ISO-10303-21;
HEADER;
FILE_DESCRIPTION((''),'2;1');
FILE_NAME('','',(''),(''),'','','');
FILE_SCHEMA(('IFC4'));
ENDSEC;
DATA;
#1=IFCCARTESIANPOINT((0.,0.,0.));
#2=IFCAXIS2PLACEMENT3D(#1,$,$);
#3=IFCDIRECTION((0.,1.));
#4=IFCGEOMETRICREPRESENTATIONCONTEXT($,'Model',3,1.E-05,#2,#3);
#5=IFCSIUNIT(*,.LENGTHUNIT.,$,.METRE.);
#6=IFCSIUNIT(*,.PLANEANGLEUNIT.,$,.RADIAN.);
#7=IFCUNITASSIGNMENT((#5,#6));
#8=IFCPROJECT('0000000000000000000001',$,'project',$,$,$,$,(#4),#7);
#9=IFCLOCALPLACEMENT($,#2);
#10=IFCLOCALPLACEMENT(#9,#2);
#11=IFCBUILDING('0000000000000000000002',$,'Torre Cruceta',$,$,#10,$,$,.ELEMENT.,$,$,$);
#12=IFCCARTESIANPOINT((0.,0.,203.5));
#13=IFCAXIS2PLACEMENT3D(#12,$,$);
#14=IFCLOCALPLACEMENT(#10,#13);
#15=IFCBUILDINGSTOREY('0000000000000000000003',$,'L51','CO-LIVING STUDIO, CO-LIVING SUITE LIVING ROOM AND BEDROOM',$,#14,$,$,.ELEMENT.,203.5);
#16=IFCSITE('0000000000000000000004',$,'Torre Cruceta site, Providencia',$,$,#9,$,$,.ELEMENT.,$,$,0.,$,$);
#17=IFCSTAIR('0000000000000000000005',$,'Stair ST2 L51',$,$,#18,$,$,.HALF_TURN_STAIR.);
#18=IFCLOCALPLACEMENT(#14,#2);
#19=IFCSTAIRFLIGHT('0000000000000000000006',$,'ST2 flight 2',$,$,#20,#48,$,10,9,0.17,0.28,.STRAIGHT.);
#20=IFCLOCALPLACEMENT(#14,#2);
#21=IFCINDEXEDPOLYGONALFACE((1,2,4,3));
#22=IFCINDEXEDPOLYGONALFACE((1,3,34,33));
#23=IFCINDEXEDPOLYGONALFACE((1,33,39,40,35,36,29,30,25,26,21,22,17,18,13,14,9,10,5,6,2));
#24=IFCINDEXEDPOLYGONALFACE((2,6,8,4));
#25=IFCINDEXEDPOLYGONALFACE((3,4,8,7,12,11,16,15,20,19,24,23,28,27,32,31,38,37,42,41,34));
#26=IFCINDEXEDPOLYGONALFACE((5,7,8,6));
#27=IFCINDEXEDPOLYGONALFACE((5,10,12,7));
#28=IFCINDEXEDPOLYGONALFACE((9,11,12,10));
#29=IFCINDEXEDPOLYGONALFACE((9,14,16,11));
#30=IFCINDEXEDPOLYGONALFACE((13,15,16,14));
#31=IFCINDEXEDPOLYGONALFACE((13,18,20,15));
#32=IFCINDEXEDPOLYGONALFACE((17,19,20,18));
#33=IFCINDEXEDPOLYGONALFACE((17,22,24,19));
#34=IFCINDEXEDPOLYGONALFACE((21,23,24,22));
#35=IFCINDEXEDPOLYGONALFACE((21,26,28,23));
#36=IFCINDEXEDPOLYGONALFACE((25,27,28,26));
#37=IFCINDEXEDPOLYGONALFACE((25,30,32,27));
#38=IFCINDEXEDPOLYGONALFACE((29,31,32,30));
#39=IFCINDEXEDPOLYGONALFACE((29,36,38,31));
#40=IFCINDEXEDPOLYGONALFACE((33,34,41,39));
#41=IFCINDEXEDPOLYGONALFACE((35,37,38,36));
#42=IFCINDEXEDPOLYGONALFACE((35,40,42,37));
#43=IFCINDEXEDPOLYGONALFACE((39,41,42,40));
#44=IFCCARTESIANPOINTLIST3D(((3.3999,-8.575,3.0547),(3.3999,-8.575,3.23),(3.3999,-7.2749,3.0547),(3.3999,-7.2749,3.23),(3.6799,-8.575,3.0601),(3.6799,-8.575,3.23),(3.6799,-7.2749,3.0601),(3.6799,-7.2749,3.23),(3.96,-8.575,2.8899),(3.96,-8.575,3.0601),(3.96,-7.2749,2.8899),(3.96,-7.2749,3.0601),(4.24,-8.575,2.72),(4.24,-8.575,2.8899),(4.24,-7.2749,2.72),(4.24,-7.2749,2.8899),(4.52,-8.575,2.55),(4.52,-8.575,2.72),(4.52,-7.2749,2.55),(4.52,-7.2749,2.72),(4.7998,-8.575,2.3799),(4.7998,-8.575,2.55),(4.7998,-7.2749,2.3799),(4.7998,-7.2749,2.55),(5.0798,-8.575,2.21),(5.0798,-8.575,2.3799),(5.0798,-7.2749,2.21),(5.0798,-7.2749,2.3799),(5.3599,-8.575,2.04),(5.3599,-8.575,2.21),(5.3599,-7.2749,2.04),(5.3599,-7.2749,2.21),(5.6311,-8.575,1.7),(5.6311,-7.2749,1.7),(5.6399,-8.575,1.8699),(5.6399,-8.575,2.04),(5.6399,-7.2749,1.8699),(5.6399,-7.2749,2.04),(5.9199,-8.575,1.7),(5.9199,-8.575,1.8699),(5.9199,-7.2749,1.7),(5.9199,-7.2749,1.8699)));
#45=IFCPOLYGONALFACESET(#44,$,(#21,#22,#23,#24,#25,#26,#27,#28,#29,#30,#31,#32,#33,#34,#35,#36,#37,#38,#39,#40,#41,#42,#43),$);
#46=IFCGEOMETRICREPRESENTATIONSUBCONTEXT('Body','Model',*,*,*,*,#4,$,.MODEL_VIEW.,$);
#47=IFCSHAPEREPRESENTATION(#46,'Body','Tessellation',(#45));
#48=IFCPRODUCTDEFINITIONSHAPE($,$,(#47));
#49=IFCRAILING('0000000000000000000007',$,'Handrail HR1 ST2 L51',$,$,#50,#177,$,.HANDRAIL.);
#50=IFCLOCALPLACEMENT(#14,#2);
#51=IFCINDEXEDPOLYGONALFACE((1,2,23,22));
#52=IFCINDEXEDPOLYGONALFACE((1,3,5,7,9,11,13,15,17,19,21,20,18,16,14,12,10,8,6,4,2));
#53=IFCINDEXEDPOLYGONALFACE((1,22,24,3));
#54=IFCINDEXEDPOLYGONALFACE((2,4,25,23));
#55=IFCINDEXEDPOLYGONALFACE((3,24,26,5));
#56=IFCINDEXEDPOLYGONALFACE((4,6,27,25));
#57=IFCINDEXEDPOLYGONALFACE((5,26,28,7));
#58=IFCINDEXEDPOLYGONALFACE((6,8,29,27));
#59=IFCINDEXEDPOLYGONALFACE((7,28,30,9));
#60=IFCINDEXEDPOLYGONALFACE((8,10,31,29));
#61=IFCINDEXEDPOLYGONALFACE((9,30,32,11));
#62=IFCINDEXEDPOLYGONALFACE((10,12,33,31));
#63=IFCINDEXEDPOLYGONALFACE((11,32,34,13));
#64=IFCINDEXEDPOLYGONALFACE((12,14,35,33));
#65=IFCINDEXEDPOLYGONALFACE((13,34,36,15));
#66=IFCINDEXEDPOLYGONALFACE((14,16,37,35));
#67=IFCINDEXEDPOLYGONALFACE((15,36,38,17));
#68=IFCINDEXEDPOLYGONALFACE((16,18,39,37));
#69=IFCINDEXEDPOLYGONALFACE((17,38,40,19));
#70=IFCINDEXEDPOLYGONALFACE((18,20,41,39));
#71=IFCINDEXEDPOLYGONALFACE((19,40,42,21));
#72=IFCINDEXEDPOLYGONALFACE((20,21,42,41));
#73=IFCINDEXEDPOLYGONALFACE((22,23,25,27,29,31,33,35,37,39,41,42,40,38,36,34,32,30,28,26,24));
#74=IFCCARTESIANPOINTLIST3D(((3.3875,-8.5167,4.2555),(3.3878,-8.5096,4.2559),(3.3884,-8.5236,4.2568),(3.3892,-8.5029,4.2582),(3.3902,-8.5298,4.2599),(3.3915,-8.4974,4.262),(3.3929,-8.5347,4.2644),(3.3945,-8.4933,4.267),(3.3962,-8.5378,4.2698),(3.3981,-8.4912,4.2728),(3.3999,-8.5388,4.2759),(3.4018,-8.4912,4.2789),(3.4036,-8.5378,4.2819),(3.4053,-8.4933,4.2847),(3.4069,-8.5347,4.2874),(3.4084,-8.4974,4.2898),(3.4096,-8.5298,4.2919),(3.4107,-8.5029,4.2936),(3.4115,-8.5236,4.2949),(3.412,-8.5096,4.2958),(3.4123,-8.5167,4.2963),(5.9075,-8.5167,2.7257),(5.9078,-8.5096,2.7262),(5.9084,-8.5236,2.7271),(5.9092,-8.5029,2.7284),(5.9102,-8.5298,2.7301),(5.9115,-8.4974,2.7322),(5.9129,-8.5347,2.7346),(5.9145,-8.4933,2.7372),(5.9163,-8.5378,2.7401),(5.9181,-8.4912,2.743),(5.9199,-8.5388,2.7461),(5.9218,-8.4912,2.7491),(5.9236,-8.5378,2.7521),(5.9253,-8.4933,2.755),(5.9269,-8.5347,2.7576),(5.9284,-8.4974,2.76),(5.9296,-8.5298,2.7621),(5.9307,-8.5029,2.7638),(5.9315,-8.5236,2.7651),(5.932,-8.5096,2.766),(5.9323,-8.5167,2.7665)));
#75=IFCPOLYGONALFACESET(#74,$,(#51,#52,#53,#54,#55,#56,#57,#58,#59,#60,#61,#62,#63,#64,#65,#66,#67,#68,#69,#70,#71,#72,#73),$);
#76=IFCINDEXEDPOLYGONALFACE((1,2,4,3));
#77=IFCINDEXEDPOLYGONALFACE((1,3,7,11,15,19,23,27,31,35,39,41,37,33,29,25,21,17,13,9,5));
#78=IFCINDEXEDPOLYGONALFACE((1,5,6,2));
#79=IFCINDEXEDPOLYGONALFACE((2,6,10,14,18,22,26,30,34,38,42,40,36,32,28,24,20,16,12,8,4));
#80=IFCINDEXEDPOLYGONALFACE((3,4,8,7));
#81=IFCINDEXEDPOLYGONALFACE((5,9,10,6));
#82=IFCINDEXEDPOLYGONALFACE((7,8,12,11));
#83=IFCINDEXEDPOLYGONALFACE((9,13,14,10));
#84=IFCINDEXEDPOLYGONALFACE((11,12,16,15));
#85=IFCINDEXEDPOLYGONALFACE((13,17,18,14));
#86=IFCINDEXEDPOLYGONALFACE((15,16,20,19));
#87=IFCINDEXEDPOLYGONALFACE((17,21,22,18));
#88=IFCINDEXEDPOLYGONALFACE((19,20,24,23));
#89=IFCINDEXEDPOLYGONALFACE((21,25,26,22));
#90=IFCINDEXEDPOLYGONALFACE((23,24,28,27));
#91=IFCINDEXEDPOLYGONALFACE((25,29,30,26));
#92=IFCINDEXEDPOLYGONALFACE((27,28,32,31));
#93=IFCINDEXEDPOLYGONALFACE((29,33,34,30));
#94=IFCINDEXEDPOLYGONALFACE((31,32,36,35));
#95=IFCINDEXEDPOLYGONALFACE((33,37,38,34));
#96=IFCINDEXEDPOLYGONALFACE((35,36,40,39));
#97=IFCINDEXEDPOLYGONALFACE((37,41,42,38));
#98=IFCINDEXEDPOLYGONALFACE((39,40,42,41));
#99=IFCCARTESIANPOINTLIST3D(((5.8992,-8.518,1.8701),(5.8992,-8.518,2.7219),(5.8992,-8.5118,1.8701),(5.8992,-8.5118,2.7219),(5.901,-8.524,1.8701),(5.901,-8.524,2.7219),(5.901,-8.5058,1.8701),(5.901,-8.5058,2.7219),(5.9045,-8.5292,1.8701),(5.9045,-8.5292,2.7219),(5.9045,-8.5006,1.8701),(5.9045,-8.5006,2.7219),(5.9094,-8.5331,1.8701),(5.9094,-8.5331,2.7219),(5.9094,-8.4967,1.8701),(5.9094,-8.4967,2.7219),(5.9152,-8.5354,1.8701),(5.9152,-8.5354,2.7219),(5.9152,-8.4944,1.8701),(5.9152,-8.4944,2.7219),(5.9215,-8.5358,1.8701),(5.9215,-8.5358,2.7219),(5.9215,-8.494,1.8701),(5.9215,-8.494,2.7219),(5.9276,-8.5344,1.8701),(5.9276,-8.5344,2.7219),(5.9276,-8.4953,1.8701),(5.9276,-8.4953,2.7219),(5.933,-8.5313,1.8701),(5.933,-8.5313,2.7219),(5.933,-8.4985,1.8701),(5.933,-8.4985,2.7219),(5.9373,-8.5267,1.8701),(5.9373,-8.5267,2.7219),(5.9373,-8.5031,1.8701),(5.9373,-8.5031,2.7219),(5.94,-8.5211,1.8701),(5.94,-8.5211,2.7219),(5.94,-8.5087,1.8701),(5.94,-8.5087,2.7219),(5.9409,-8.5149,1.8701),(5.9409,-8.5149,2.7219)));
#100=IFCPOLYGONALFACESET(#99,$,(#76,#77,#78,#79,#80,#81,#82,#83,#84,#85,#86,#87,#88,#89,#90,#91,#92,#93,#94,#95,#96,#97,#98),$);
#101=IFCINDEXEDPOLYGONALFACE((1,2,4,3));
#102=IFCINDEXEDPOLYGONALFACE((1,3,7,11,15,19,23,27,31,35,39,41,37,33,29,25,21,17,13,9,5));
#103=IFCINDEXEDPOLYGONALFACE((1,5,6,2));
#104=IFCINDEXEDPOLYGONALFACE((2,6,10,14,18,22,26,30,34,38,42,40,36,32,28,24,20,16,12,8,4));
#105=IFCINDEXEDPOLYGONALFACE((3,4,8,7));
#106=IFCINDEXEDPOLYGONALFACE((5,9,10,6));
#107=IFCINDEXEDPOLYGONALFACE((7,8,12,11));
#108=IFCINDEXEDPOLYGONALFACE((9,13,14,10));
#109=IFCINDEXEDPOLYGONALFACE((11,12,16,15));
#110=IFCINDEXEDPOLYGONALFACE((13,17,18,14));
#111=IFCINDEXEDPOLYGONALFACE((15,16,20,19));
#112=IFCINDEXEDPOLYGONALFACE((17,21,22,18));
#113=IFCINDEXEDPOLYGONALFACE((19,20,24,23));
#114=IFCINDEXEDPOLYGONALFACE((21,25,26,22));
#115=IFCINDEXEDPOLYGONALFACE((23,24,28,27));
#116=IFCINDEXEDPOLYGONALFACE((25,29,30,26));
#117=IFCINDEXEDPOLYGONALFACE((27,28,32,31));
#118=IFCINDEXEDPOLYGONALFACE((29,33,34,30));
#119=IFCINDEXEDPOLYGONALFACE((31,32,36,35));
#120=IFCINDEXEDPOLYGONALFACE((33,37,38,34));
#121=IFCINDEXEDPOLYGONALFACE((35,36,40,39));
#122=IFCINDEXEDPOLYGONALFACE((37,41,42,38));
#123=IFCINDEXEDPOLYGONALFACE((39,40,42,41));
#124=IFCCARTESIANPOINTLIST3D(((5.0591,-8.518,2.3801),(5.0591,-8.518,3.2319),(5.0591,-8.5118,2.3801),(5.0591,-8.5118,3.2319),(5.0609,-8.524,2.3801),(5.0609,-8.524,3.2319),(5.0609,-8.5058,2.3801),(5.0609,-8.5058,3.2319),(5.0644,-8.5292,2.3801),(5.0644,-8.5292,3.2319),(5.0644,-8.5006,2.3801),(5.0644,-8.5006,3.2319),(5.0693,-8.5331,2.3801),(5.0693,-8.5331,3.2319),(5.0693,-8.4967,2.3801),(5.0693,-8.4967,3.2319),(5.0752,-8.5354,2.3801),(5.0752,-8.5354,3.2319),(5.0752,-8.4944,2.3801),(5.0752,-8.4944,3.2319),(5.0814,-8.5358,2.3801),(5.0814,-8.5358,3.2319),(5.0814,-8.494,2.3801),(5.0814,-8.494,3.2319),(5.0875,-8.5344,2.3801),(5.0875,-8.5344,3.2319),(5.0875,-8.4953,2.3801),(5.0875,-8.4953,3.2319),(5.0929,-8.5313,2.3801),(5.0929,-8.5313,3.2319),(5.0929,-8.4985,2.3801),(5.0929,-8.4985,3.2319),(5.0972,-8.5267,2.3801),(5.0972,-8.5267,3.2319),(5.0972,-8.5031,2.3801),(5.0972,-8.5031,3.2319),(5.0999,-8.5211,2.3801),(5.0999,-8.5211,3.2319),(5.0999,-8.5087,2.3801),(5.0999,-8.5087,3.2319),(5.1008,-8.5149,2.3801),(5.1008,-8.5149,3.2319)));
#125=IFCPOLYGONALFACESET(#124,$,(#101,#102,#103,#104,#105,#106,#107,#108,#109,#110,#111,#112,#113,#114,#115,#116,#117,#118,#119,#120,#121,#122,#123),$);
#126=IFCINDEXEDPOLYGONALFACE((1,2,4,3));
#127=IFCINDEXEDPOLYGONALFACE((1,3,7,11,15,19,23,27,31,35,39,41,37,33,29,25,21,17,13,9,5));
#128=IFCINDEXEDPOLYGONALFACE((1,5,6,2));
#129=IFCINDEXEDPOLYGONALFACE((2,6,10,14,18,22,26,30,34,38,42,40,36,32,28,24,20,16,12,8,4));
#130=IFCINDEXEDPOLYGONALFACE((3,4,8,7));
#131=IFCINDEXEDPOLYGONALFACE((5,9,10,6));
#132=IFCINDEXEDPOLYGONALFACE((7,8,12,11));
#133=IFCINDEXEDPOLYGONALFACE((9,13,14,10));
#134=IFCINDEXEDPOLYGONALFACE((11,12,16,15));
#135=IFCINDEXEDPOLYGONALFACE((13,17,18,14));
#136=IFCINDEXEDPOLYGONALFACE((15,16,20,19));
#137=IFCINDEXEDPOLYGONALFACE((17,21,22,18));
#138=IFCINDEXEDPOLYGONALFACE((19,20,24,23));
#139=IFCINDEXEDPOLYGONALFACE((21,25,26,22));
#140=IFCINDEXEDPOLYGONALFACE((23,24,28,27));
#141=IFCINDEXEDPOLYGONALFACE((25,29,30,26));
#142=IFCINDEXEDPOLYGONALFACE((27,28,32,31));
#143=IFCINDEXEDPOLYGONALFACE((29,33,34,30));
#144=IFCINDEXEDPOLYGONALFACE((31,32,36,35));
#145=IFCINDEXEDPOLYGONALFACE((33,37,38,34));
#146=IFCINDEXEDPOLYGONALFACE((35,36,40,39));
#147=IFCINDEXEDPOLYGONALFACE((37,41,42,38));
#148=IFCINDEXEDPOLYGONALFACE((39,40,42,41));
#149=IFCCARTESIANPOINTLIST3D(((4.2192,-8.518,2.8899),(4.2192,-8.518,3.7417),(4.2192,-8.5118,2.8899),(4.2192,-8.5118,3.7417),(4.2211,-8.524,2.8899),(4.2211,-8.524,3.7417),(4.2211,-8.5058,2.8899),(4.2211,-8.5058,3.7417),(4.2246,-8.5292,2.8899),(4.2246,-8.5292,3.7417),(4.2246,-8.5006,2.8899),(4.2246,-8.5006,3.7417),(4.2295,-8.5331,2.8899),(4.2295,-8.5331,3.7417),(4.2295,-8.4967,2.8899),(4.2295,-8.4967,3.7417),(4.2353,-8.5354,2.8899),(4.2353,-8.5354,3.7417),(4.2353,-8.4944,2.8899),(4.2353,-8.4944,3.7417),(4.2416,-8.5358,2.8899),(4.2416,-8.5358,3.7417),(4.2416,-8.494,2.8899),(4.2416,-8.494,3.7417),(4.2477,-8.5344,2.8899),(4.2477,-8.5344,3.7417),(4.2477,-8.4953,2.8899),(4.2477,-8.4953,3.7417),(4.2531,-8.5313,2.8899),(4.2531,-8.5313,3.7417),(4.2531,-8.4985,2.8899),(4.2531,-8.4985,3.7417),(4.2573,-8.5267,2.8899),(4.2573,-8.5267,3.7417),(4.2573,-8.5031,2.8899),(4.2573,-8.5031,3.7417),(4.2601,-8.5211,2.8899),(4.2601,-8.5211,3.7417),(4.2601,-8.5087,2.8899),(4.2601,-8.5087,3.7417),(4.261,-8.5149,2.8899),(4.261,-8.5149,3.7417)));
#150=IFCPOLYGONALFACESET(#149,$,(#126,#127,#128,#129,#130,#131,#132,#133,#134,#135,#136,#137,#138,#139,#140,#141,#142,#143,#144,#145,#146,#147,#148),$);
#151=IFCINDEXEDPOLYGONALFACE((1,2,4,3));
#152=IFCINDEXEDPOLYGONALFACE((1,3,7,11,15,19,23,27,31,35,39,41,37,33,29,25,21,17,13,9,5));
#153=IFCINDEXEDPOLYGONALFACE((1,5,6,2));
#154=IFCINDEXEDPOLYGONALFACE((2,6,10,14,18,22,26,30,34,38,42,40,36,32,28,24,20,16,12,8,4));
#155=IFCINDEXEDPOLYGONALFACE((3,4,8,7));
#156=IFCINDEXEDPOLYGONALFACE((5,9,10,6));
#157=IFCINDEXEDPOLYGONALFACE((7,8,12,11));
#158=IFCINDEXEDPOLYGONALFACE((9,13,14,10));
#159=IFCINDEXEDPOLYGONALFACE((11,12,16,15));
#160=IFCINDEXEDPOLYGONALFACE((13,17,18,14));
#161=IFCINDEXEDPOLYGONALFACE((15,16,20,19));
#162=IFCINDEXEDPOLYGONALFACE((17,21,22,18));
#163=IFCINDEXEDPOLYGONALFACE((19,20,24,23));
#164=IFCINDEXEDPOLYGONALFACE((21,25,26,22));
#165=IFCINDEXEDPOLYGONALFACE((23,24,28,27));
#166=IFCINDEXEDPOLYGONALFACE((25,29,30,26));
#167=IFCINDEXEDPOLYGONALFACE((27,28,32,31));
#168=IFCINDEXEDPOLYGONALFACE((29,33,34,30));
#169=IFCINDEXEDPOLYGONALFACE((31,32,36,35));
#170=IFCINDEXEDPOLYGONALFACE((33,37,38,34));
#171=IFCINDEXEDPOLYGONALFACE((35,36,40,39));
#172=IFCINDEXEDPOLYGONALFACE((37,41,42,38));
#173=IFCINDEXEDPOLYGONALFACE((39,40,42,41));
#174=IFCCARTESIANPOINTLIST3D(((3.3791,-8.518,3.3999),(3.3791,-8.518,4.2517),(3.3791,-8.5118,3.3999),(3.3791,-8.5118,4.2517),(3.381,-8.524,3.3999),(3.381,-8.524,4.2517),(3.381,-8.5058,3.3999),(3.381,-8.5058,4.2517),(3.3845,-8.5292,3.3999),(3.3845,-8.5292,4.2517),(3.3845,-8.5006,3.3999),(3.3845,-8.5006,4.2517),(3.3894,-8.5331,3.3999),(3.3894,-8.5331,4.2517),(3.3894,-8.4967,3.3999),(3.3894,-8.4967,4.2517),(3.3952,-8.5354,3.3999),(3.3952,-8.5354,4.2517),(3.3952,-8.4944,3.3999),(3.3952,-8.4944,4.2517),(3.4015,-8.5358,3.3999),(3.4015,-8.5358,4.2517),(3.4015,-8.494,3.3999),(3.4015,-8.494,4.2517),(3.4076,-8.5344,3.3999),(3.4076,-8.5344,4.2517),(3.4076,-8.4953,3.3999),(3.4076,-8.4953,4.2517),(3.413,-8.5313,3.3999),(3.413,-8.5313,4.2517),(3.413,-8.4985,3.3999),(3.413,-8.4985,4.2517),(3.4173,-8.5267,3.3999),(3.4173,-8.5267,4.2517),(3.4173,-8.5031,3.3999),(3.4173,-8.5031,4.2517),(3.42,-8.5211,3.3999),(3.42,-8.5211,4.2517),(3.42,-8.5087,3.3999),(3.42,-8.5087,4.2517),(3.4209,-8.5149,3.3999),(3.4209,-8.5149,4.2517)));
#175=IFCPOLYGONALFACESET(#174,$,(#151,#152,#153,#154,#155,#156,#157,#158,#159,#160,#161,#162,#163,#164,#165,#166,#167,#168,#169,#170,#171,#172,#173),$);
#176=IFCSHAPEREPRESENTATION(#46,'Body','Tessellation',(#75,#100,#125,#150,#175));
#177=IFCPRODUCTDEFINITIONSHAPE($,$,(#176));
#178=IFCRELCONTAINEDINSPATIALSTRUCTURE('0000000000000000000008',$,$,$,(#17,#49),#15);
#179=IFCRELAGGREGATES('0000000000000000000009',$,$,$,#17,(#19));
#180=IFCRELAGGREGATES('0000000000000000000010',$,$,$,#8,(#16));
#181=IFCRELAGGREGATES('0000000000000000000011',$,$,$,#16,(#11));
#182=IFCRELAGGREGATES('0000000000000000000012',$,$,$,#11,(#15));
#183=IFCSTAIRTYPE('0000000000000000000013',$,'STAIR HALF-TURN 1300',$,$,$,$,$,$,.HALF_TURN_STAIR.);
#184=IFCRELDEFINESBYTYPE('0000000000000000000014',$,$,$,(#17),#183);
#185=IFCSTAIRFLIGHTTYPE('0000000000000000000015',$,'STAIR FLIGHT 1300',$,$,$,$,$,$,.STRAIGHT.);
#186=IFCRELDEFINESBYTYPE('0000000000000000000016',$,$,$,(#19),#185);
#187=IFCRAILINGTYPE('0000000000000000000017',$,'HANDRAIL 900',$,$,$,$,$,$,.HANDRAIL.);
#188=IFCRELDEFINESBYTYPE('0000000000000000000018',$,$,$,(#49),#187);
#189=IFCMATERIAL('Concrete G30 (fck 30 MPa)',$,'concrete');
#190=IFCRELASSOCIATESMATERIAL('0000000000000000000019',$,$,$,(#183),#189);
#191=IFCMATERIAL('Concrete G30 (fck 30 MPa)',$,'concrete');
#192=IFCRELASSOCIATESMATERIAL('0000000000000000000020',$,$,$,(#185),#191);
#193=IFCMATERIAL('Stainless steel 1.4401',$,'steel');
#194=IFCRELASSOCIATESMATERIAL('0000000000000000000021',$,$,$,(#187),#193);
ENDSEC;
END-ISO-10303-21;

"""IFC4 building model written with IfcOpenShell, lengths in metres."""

from ifc_helpers import new_model, si_unit, direction, frame, origin, origin_2d, place, context, subcontext, project, spatial, polyline, circle, outline, extrude, material, type_object, element, aggregate, save


model = new_model("IFC4")

# Units and contexts
model_context = context("Model", 3, precision=1e-05, world=origin(), true_north=direction((0.0, 1.0)))
body_context = subcontext(model_context, "Body", "Model", "MODEL_VIEW")
ifc_project = project(units=[si_unit("LENGTHUNIT", "METRE"), si_unit("PLANEANGLEUNIT", "RADIAN")], contexts=[model_context])

# Site, building, storey
site_placement = place(None, origin())
site = spatial("IfcSite", under=ifc_project, at=site_placement, Name="Torre Cruceta site, Providencia", CompositionType="ELEMENT", RefElevation=0.0)
building_placement = place(site_placement, origin())
building = spatial("IfcBuilding", under=site, at=building_placement, Name="Torre Cruceta", CompositionType="ELEMENT")
storey_placement = place(building_placement, frame((0.0, 0.0, 203.5)))
storey = spatial("IfcBuildingStorey", under=building, at=storey_placement, Name="L51", Description="CO-LIVING STUDIO, CO-LIVING SUITE LIVING ROOM AND BEDROOM", CompositionType="ELEMENT", Elevation=203.5)

# Stair, stair flight
ifc_material_1 = material(Name="Concrete G30 (fck 30 MPa)", Category="concrete")
stair_type = type_object("IfcStairType", Name="STAIR HALF-TURN 1300", PredefinedType="HALF_TURN_STAIR", material=ifc_material_1)
stair_placement = place(storey_placement, origin())
stair = element("IfcStair", 1, at=stair_placement, inside=storey, type_object=stair_type, Name="Stair ST2 L51", PredefinedType="HALF_TURN_STAIR")
ifc_material_2 = material(Name="Concrete G30 (fck 30 MPa)", Category="concrete")
stair_flight_type = type_object("IfcStairFlightType", Name="STAIR FLIGHT 1300", PredefinedType="STRAIGHT", material=ifc_material_2)
stair_flight_1_placement = place(storey_placement, frame((5.9199, -7.925, 1.7), z_axis=(0.0, 0.0, 1.0), x_axis=(-1.0, 0.0, 0.0)))
stair_flight_1 = element("IfcStairFlight", 2, at=stair_flight_1_placement, type_object=stair_flight_type, Name="ST2 flight 2", NumberOfRisers=10, NumberOfTreads=9, PredefinedType="STRAIGHT", RiserHeight=0.17, TreadLength=0.28, context=body_context, shape_type="SweptSolid", body=[
    extrude(outline(polyline([(0.0, 0.0), (0.0, 0.1699), (0.28, 0.1699), (0.28, 0.3401), (0.5601, 0.3401), (0.5601, 0.51), (0.8401, 0.51), (0.8401, 0.6799), (1.1201, 0.6799), (1.1201, 0.8501), (1.3999, 0.8501), (1.3999, 1.02), (1.6799, 1.02), (1.6799, 1.1899), (1.96, 1.1899), (1.96, 1.3601), (2.24, 1.3601), (2.24, 1.53), (2.52, 1.53), (2.52, 1.7), (2.52, 1.3547), (0.2888, 0.0), (0.0, 0.0)])), frame((0.0, 0.6499, 0.0), z_axis=(0.0, -1.0, 0.0), x_axis=(1.0, 0.0, 0.0)), (0.0, 0.0, 1.0), 1.3),
])
aggregate(stair, [stair_flight_1])

# Railing
ifc_material_3 = material(Name="Stainless steel 1.4401", Category="steel")
railing_type = type_object("IfcRailingType", Name="HANDRAIL 900", PredefinedType="HANDRAIL", material=ifc_material_3)
railing_1_placement = place(storey_placement, frame((5.9199, -8.5149, 1.8701)))
element("IfcRailing", 3, at=railing_1_placement, inside=storey, type_object=railing_type, Name="Handrail HR1 ST2 L51", PredefinedType="HANDRAIL", context=body_context, shape_type="SweptSolid", body=[
    extrude(circle(Radius=0.0239, at=origin_2d()), frame((0.0, 0.0, 0.876), z_axis=(-0.854822, 0.0, 0.518922), x_axis=(0.0, -1.0, 0.0)), (0.0, 0.0, 1.0), 2.948),
    extrude(circle(Radius=0.021, at=origin_2d()), origin(), (0.0, 0.0, 1.0), 0.8518),
    extrude(circle(Radius=0.021, at=origin_2d()), frame((-0.8401, 0.0, 0.51)), (0.0, 0.0, 1.0), 0.8518),
    extrude(circle(Radius=0.021, at=origin_2d()), frame((-1.6799, 0.0, 1.0198)), (0.0, 0.0, 1.0), 0.8518),
    extrude(circle(Radius=0.021, at=origin_2d()), frame((-2.52, 0.0, 1.5298)), (0.0, 0.0, 1.0), 0.8518),
])

save(model, "model.ifc")
